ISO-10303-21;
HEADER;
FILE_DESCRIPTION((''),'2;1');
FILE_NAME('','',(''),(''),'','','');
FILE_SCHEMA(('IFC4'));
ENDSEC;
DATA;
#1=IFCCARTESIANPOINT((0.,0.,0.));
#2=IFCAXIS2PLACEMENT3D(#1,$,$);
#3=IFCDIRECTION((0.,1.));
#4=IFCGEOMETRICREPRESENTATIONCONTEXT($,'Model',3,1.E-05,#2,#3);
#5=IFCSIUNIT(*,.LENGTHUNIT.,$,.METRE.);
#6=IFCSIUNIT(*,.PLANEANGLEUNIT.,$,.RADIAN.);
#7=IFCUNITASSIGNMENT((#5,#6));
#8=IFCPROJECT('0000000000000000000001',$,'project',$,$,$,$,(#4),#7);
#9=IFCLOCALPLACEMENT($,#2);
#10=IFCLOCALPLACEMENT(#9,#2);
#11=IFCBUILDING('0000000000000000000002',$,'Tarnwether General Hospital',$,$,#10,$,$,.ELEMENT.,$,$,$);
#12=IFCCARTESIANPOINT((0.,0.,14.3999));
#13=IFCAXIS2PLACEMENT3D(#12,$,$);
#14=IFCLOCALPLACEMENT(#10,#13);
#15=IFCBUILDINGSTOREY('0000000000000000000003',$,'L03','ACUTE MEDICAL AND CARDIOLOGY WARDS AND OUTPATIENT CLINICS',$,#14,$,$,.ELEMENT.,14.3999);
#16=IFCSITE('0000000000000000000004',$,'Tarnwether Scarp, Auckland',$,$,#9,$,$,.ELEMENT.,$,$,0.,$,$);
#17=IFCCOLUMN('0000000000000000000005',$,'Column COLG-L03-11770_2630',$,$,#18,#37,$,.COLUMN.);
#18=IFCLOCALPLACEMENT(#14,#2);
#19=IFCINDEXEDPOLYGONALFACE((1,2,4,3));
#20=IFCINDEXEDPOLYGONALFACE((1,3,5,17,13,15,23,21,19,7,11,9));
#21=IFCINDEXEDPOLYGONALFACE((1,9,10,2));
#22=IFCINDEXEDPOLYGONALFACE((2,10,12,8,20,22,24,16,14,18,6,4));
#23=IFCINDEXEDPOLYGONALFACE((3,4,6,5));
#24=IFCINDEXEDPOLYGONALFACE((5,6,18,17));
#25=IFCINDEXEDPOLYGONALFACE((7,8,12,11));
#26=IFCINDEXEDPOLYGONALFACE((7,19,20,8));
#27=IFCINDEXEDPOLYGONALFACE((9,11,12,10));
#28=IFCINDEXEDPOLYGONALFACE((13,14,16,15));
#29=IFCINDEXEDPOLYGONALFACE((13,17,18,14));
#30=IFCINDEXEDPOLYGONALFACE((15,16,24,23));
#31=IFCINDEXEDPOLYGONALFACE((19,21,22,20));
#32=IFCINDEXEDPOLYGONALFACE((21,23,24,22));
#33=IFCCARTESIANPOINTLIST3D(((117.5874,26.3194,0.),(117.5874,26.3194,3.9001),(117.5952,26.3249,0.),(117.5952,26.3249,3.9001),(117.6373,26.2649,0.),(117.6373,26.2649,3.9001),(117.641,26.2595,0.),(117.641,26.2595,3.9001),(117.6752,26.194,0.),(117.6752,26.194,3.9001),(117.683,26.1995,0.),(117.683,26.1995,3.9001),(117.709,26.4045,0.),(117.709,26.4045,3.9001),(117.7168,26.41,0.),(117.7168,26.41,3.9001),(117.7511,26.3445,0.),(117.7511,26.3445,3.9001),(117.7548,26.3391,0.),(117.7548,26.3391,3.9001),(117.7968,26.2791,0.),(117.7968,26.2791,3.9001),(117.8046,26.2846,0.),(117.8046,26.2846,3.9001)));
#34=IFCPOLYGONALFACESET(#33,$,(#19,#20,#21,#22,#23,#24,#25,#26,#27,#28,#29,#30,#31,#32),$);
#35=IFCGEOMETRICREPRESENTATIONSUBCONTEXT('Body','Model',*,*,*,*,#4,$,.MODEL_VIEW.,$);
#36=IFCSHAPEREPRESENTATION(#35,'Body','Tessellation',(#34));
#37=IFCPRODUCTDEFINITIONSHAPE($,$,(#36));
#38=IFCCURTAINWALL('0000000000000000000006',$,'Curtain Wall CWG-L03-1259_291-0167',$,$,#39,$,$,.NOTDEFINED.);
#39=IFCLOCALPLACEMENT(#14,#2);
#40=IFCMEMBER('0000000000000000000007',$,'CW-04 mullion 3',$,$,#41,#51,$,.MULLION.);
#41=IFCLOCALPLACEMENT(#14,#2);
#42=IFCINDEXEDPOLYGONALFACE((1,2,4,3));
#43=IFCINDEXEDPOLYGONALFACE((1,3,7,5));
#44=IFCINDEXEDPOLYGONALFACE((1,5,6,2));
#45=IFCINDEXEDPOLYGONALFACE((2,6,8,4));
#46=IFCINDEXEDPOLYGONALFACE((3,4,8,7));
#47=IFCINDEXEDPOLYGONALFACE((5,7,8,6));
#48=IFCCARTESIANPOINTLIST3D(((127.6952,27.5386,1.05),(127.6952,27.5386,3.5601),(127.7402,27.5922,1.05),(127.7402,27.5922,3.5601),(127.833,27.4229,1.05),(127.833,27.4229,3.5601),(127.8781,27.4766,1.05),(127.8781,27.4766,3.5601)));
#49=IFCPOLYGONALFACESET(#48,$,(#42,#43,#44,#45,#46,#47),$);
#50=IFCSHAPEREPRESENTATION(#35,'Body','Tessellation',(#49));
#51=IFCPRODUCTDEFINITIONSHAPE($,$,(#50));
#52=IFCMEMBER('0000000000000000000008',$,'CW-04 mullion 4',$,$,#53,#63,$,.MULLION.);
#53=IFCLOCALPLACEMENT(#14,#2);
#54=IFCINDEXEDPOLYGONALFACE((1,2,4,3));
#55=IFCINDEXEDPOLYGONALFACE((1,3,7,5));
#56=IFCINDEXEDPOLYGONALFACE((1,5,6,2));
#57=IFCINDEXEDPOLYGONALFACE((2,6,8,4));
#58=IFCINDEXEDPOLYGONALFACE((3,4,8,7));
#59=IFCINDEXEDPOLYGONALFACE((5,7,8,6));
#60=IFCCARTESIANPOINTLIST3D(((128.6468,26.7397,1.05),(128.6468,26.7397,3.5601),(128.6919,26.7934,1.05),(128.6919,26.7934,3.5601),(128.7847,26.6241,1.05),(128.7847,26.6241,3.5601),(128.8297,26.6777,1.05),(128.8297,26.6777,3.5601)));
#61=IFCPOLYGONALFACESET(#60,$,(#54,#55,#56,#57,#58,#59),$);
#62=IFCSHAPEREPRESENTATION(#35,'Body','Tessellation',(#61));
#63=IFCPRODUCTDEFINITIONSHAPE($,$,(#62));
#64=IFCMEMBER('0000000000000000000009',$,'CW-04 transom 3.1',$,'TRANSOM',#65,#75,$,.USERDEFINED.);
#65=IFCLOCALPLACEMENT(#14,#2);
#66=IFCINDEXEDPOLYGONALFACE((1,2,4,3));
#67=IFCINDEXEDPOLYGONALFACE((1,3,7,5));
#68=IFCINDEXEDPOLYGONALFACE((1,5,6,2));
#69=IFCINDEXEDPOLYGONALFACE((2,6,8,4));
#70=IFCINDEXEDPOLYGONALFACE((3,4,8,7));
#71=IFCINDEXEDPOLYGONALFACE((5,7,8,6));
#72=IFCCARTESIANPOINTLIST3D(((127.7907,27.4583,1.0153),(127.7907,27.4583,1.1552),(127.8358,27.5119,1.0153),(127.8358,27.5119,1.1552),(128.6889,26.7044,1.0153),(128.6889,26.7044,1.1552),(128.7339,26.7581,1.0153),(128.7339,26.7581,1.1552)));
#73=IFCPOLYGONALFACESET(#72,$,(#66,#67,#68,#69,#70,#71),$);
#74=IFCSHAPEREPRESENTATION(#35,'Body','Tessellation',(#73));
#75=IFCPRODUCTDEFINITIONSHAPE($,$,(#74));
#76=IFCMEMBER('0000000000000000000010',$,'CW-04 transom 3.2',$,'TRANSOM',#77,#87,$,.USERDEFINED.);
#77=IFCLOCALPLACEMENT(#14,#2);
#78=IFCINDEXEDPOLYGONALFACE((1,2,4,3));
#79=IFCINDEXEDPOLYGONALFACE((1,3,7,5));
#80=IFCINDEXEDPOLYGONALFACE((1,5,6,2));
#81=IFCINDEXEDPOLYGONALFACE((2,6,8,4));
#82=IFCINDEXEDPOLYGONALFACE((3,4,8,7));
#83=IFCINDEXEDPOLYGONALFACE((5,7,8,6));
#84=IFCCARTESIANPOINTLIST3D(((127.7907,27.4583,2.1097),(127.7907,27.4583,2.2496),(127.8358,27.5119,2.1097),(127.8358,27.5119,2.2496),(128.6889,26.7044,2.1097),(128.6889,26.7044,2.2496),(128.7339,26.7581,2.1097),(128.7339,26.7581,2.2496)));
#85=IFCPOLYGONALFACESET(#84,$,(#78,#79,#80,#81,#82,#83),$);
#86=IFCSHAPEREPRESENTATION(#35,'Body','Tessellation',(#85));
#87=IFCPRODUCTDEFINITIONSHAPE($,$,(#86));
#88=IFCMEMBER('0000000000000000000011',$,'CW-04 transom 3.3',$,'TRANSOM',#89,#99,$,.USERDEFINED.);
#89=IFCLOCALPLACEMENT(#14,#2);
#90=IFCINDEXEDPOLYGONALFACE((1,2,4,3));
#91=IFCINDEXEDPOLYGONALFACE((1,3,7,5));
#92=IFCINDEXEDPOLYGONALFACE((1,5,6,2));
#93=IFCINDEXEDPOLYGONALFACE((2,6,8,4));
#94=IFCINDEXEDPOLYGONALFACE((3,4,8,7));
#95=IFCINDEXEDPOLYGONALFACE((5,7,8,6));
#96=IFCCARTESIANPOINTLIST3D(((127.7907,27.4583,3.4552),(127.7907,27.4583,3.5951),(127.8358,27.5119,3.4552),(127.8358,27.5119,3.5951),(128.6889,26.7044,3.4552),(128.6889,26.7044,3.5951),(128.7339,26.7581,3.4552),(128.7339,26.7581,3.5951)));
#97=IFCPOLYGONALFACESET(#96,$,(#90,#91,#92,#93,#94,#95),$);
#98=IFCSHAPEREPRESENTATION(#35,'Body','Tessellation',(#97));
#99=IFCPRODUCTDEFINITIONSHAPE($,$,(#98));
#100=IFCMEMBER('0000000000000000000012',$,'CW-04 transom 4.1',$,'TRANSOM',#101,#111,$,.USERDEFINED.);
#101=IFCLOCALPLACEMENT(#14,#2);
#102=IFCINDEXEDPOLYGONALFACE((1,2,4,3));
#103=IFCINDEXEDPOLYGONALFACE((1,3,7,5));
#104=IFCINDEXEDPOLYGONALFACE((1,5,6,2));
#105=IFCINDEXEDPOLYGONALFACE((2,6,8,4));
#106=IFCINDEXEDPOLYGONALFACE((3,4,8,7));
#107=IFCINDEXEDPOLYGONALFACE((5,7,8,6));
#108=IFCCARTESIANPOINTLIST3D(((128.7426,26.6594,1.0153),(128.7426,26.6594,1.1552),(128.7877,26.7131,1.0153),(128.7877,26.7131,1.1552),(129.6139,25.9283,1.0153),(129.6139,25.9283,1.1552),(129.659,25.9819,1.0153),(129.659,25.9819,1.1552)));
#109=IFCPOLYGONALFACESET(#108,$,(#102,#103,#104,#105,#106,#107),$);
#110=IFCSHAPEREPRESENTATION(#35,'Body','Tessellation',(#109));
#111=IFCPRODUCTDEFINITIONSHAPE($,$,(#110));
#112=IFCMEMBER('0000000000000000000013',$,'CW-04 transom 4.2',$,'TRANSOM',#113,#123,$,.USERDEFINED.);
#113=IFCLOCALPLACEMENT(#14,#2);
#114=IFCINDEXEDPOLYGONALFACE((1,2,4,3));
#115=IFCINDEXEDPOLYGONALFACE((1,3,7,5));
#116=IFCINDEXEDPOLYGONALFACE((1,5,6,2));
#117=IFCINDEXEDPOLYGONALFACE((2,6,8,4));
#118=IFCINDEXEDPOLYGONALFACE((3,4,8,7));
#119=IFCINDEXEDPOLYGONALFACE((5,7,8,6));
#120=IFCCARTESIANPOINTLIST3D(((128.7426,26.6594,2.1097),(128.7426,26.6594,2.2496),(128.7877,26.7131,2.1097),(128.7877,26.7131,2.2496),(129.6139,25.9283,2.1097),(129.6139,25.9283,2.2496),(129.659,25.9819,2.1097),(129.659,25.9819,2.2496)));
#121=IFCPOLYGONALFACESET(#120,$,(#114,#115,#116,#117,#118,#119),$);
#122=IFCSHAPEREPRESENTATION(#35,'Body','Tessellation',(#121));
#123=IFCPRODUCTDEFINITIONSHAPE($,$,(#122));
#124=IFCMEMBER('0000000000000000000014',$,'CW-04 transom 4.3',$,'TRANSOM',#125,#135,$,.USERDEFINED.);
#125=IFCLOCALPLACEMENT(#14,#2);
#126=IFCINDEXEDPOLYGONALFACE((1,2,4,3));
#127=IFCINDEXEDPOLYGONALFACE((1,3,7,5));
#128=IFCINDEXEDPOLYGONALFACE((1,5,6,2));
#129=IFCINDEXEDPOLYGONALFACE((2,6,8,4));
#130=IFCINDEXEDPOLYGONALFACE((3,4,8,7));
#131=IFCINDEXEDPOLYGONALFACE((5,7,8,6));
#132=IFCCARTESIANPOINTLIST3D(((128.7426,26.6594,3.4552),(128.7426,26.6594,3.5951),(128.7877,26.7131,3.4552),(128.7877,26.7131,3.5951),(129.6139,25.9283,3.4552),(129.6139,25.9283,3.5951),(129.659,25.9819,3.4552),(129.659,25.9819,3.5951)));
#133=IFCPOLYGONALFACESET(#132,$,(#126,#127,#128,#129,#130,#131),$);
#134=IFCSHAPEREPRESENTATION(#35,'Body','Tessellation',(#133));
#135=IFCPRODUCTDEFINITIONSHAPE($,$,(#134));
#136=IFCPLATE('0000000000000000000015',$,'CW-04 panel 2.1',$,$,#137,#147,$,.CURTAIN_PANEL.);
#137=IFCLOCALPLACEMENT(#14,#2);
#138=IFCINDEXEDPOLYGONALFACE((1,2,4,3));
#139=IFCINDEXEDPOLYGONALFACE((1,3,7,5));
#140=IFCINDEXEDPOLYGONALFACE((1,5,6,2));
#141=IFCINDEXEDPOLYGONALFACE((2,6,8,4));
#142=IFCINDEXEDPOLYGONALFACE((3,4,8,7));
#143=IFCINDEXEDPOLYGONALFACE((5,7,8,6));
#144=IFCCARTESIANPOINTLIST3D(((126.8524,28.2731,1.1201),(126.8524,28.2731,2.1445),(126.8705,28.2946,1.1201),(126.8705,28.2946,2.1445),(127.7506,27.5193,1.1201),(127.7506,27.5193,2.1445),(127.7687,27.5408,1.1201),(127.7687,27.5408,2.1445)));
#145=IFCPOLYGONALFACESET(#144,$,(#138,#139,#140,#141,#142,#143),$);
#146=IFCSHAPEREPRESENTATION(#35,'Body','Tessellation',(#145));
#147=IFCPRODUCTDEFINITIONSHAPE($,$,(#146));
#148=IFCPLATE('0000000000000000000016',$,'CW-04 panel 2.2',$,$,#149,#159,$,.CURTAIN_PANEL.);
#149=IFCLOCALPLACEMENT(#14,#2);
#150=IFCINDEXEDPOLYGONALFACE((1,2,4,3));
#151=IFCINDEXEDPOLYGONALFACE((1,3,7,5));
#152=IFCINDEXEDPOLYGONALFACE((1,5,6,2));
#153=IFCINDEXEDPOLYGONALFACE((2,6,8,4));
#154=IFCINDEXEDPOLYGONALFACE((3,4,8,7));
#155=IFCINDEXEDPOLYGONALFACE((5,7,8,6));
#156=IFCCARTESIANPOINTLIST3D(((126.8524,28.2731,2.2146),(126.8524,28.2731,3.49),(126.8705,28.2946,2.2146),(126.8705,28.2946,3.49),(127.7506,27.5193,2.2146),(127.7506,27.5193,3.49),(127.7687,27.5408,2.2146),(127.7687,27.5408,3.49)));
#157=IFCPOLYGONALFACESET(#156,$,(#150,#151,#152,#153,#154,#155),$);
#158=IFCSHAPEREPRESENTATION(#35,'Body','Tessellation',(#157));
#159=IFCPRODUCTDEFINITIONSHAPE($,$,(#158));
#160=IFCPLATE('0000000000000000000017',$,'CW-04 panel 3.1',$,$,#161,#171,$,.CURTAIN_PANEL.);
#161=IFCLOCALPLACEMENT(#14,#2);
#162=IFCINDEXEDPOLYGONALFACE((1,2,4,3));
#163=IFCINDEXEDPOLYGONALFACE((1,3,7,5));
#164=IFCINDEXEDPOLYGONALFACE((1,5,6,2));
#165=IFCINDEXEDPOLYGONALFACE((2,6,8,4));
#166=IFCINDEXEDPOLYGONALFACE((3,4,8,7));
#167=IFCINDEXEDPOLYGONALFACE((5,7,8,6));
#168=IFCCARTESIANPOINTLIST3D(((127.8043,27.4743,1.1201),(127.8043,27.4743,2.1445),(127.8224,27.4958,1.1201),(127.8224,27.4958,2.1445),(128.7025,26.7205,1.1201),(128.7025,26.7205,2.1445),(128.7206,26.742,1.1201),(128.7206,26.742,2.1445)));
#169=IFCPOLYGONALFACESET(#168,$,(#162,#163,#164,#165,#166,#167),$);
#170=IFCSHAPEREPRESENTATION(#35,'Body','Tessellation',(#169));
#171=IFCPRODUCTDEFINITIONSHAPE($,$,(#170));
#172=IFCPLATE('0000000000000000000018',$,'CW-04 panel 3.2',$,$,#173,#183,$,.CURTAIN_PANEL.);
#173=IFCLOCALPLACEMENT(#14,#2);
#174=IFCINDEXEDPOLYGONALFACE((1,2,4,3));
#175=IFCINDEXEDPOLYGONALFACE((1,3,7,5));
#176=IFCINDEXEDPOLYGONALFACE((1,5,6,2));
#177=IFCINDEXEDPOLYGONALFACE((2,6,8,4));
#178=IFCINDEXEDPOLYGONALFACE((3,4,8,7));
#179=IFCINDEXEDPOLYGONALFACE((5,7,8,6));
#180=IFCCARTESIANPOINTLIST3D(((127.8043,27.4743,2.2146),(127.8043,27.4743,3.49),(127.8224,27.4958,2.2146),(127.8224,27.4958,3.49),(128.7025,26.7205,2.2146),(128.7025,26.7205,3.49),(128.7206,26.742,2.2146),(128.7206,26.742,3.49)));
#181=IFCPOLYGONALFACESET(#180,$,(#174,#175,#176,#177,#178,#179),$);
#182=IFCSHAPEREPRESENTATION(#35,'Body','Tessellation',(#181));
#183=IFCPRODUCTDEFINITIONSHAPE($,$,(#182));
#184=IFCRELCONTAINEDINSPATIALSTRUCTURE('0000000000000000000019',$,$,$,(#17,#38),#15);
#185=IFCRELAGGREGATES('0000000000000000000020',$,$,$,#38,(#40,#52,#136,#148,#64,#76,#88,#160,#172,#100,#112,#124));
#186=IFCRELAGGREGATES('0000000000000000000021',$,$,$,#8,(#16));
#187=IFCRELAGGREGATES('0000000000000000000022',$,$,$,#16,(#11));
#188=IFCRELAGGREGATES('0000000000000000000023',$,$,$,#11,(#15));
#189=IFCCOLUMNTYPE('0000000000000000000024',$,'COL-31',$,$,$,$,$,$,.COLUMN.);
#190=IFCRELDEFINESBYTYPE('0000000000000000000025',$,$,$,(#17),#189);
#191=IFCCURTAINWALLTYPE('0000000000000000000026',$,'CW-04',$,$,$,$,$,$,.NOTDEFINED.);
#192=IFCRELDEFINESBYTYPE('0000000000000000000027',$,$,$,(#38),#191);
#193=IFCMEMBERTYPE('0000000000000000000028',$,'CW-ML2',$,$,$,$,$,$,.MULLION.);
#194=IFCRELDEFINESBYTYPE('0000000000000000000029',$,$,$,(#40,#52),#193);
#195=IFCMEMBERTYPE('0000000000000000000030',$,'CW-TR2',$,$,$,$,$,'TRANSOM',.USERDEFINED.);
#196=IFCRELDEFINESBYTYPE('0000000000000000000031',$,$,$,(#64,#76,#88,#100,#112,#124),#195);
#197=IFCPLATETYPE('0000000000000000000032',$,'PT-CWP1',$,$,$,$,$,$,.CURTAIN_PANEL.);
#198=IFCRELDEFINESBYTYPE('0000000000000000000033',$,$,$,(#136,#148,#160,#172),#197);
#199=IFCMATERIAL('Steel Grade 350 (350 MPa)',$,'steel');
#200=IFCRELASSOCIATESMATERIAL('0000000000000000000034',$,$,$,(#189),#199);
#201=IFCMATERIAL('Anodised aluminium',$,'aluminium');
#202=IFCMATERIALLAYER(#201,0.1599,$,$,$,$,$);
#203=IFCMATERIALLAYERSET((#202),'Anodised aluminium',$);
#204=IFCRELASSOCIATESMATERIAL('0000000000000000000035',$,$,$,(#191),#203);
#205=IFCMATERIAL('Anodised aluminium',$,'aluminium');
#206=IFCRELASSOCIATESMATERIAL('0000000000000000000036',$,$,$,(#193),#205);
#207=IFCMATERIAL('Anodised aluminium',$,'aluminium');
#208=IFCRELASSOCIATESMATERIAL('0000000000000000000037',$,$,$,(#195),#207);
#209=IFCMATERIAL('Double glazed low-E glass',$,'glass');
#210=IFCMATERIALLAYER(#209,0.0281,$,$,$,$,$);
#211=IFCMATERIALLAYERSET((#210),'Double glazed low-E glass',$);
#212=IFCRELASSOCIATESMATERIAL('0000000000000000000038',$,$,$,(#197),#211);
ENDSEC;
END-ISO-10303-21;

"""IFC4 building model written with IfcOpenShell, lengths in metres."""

from ifc_helpers import new_model, si_unit, direction, frame, origin, origin_2d, place, context, subcontext, project, spatial, rectangle, i_section, extrude, material, layer, layer_set, material_profile, profile_set, type_object, element, aggregate, save


model = new_model("IFC4")

# Units and contexts
model_context = context("Model", 3, precision=1e-05, world=origin(), true_north=direction((0.0, 1.0)))
body_context = subcontext(model_context, "Body", "Model", "MODEL_VIEW")
ifc_project = project(units=[si_unit("LENGTHUNIT", "METRE"), si_unit("PLANEANGLEUNIT", "RADIAN")], contexts=[model_context])

# Site, building, storey
site_placement = place(None, origin())
site = spatial("IfcSite", under=ifc_project, at=site_placement, Name="Tarnwether Scarp, Auckland", CompositionType="ELEMENT", RefElevation=0.0)
building_placement = place(site_placement, origin())
building = spatial("IfcBuilding", under=site, at=building_placement, Name="Tarnwether General Hospital", CompositionType="ELEMENT")
storey_placement = place(building_placement, frame((0.0, 0.0, 14.3999)))
storey = spatial("IfcBuildingStorey", under=building, at=storey_placement, Name="L03", Description="ACUTE MEDICAL AND CARDIOLOGY WARDS AND OUTPATIENT CLINICS", CompositionType="ELEMENT", Elevation=14.3999)

# Column
ifc_material_1 = material(Name="Steel Grade 350 (350 MPa)", Category="steel")
ifc_material_profile_1 = material_profile(ifc_material_1, i_section(OverallWidth=0.1531, OverallDepth=0.158, WebThickness=0.0066, FlangeThickness=0.0095, at=origin_2d()), Name="150UC30.0")
ifc_profile_set_1 = profile_set([ifc_material_profile_1], Name="Steel Grade 350 (350 MPa)")
column_type = type_object("IfcColumnType", Name="COL-31", PredefinedType="COLUMN", material=ifc_profile_set_1)
column_placement = place(storey_placement, frame((117.696, 26.302, 0.0), z_axis=(0.0, 0.0, 1.0), x_axis=(-0.573576, 0.819152, 0.0)))
element("IfcColumn", 1, at=column_placement, inside=storey, type_object=column_type, Name="Column COLG-L03-11770_2630", PredefinedType="COLUMN", context=body_context, shape_type="SweptSolid", body=[
    extrude(i_section(OverallWidth=0.1531, OverallDepth=0.158, WebThickness=0.0066, FlangeThickness=0.0095, at=origin_2d()), origin(), (0.0, 0.0, 1.0), 3.9001),
])

# Curtain wall, members, plates
ifc_material_2 = material(Name="Anodised aluminium", Category="aluminium")
ifc_layer_1 = layer(ifc_material_2, 0.1599)
ifc_layer_set_1 = layer_set([ifc_layer_1], Name="Anodised aluminium")
curtain_wall_type = type_object("IfcCurtainWallType", Name="CW-04", PredefinedType="NOTDEFINED", material=ifc_layer_set_1)
curtain_wall_placement = place(storey_placement, origin())
curtain_wall = element("IfcCurtainWall", 2, at=curtain_wall_placement, inside=storey, type_object=curtain_wall_type, Name="Curtain Wall CWG-L03-1259_291-0167", PredefinedType="NOTDEFINED")
ifc_material_3 = material(Name="Anodised aluminium", Category="aluminium")
ifc_material_profile_2 = material_profile(ifc_material_3, rectangle(XDim=0.0701, YDim=0.1799, at=origin_2d()), Name="ALU-MUL-70x180")
ifc_profile_set_2 = profile_set([ifc_material_profile_2], Name="Anodised aluminium")
member_type_1 = type_object("IfcMemberType", Name="CW-ML2", PredefinedType="MULLION", material=ifc_profile_set_2)
member_1_placement = place(storey_placement, frame((127.7866, 27.5076, 1.05), z_axis=(0.0, 0.0, 1.0), x_axis=(0.642852, 0.76599, 0.0)))
member_1 = element("IfcMember", 3, at=member_1_placement, type_object=member_type_1, Name="CW-04 mullion 3", PredefinedType="MULLION", context=body_context, shape_type="SweptSolid", body=[
    extrude(rectangle(XDim=0.0701, YDim=0.1799, at=origin_2d()), origin(), (0.0, 0.0, 1.0), 2.51),
])
member_2_placement = place(storey_placement, frame((128.7383, 26.7087, 1.05), z_axis=(0.0, 0.0, 1.0), x_axis=(0.642852, 0.76599, 0.0)))
member_2 = element("IfcMember", 4, at=member_2_placement, type_object=member_type_1, Name="CW-04 mullion 4", PredefinedType="MULLION", context=body_context, shape_type="SweptSolid", body=[
    extrude(rectangle(XDim=0.0701, YDim=0.1799, at=origin_2d()), origin(), (0.0, 0.0, 1.0), 2.51),
])
ifc_material_4 = material(Name="Anodised aluminium", Category="aluminium")
ifc_material_profile_3 = material_profile(ifc_material_4, rectangle(XDim=0.0701, YDim=0.1399, at=origin_2d()), Name="ALU-TRN-70x140")
ifc_profile_set_3 = profile_set([ifc_material_profile_3], Name="Anodised aluminium")
member_type_2 = type_object("IfcMemberType", Name="CW-TR2", ElementType="TRANSOM", PredefinedType="USERDEFINED", material=ifc_profile_set_3)
member_3_placement = place(storey_placement, frame((127.8132, 27.4851, 1.0852), z_axis=(0.765947, -0.642904, 0.0), x_axis=(0.642904, 0.765947, 0.0)))
member_3 = element("IfcMember", 5, at=member_3_placement, type_object=member_type_2, Name="CW-04 transom 3.1", ObjectType="TRANSOM", PredefinedType="USERDEFINED", context=body_context, shape_type="SweptSolid", body=[
    extrude(rectangle(XDim=0.0701, YDim=0.1399, at=origin_2d()), origin(), (0.0, 0.0, 1.0), 1.1726),
])
member_4_placement = place(storey_placement, frame((127.8132, 27.4851, 2.1797), z_axis=(0.765947, -0.642904, 0.0), x_axis=(0.642904, 0.765947, 0.0)))
member_4 = element("IfcMember", 6, at=member_4_placement, type_object=member_type_2, Name="CW-04 transom 3.2", ObjectType="TRANSOM", PredefinedType="USERDEFINED", context=body_context, shape_type="SweptSolid", body=[
    extrude(rectangle(XDim=0.0701, YDim=0.1399, at=origin_2d()), origin(), (0.0, 0.0, 1.0), 1.1726),
])
member_5_placement = place(storey_placement, frame((127.8132, 27.4851, 3.5251), z_axis=(0.765947, -0.642904, 0.0), x_axis=(0.642904, 0.765947, 0.0)))
member_5 = element("IfcMember", 7, at=member_5_placement, type_object=member_type_2, Name="CW-04 transom 3.3", ObjectType="TRANSOM", PredefinedType="USERDEFINED", context=body_context, shape_type="SweptSolid", body=[
    extrude(rectangle(XDim=0.0701, YDim=0.1399, at=origin_2d()), origin(), (0.0, 0.0, 1.0), 1.1726),
])
member_6_placement = place(storey_placement, frame((128.7651, 26.6863, 1.0852), z_axis=(0.766018, -0.64282, 0.0), x_axis=(0.64282, 0.766018, 0.0)))
member_6 = element("IfcMember", 8, at=member_6_placement, type_object=member_type_2, Name="CW-04 transom 4.1", ObjectType="TRANSOM", PredefinedType="USERDEFINED", context=body_context, shape_type="SweptSolid", body=[
    extrude(rectangle(XDim=0.0701, YDim=0.1399, at=origin_2d()), origin(), (0.0, 0.0, 1.0), 1.1375),
])
member_7_placement = place(storey_placement, frame((128.7651, 26.6863, 2.1797), z_axis=(0.766018, -0.64282, 0.0), x_axis=(0.64282, 0.766018, 0.0)))
member_7 = element("IfcMember", 9, at=member_7_placement, type_object=member_type_2, Name="CW-04 transom 4.2", ObjectType="TRANSOM", PredefinedType="USERDEFINED", context=body_context, shape_type="SweptSolid", body=[
    extrude(rectangle(XDim=0.0701, YDim=0.1399, at=origin_2d()), origin(), (0.0, 0.0, 1.0), 1.1375),
])
member_8_placement = place(storey_placement, frame((128.7651, 26.6863, 3.5251), z_axis=(0.766018, -0.64282, 0.0), x_axis=(0.64282, 0.766018, 0.0)))
member_8 = element("IfcMember", 10, at=member_8_placement, type_object=member_type_2, Name="CW-04 transom 4.3", ObjectType="TRANSOM", PredefinedType="USERDEFINED", context=body_context, shape_type="SweptSolid", body=[
    extrude(rectangle(XDim=0.0701, YDim=0.1399, at=origin_2d()), origin(), (0.0, 0.0, 1.0), 1.1375),
])
ifc_material_5 = material(Name="Double glazed low-E glass", Category="glass")
ifc_layer_2 = layer(ifc_material_5, 0.0281)
ifc_layer_set_2 = layer_set([ifc_layer_2], Name="Double glazed low-E glass")
plate_type_1 = type_object("IfcPlateType", Name="PT-CWP1", PredefinedType="CURTAIN_PANEL", material=ifc_layer_set_2)
plate_1_placement = place(storey_placement, frame((127.3105, 27.907, 1.1201), z_axis=(0.0, 0.0, 1.0), x_axis=(0.76599, -0.642852, 0.0)))
plate_1 = element("IfcPlate", 11, at=plate_1_placement, type_object=plate_type_1, Name="CW-04 panel 2.1", PredefinedType="CURTAIN_PANEL", context=body_context, shape_type="SweptSolid", body=[
    extrude(rectangle(XDim=1.1726, YDim=0.0281, at=origin_2d()), origin(), (0.0, 0.0, 1.0), 1.0244),
])
plate_2_placement = place(storey_placement, frame((127.3105, 27.907, 2.2146), z_axis=(0.0, 0.0, 1.0), x_axis=(0.76599, -0.642852, 0.0)))
plate_2 = element("IfcPlate", 12, at=plate_2_placement, type_object=plate_type_1, Name="CW-04 panel 2.2", PredefinedType="CURTAIN_PANEL", context=body_context, shape_type="SweptSolid", body=[
    extrude(rectangle(XDim=1.1726, YDim=0.0281, at=origin_2d()), origin(), (0.0, 0.0, 1.0), 1.2754),
])
plate_3_placement = place(storey_placement, frame((128.2625, 27.1082, 1.1201), z_axis=(0.0, 0.0, 1.0), x_axis=(0.76599, -0.642852, 0.0)))
plate_3 = element("IfcPlate", 13, at=plate_3_placement, type_object=plate_type_1, Name="CW-04 panel 3.1", PredefinedType="CURTAIN_PANEL", context=body_context, shape_type="SweptSolid", body=[
    extrude(rectangle(XDim=1.1726, YDim=0.0281, at=origin_2d()), origin(), (0.0, 0.0, 1.0), 1.0244),
])
plate_4_placement = place(storey_placement, frame((128.2625, 27.1082, 2.2146), z_axis=(0.0, 0.0, 1.0), x_axis=(0.76599, -0.642852, 0.0)))
plate_4 = element("IfcPlate", 14, at=plate_4_placement, type_object=plate_type_1, Name="CW-04 panel 3.2", PredefinedType="CURTAIN_PANEL", context=body_context, shape_type="SweptSolid", body=[
    extrude(rectangle(XDim=1.1726, YDim=0.0281, at=origin_2d()), origin(), (0.0, 0.0, 1.0), 1.2754),
])
aggregate(curtain_wall, [member_1, member_2, plate_1, plate_2, member_3, member_4, member_5, plate_3, plate_4, member_6, member_7, member_8])

save(model, "model.ifc")
